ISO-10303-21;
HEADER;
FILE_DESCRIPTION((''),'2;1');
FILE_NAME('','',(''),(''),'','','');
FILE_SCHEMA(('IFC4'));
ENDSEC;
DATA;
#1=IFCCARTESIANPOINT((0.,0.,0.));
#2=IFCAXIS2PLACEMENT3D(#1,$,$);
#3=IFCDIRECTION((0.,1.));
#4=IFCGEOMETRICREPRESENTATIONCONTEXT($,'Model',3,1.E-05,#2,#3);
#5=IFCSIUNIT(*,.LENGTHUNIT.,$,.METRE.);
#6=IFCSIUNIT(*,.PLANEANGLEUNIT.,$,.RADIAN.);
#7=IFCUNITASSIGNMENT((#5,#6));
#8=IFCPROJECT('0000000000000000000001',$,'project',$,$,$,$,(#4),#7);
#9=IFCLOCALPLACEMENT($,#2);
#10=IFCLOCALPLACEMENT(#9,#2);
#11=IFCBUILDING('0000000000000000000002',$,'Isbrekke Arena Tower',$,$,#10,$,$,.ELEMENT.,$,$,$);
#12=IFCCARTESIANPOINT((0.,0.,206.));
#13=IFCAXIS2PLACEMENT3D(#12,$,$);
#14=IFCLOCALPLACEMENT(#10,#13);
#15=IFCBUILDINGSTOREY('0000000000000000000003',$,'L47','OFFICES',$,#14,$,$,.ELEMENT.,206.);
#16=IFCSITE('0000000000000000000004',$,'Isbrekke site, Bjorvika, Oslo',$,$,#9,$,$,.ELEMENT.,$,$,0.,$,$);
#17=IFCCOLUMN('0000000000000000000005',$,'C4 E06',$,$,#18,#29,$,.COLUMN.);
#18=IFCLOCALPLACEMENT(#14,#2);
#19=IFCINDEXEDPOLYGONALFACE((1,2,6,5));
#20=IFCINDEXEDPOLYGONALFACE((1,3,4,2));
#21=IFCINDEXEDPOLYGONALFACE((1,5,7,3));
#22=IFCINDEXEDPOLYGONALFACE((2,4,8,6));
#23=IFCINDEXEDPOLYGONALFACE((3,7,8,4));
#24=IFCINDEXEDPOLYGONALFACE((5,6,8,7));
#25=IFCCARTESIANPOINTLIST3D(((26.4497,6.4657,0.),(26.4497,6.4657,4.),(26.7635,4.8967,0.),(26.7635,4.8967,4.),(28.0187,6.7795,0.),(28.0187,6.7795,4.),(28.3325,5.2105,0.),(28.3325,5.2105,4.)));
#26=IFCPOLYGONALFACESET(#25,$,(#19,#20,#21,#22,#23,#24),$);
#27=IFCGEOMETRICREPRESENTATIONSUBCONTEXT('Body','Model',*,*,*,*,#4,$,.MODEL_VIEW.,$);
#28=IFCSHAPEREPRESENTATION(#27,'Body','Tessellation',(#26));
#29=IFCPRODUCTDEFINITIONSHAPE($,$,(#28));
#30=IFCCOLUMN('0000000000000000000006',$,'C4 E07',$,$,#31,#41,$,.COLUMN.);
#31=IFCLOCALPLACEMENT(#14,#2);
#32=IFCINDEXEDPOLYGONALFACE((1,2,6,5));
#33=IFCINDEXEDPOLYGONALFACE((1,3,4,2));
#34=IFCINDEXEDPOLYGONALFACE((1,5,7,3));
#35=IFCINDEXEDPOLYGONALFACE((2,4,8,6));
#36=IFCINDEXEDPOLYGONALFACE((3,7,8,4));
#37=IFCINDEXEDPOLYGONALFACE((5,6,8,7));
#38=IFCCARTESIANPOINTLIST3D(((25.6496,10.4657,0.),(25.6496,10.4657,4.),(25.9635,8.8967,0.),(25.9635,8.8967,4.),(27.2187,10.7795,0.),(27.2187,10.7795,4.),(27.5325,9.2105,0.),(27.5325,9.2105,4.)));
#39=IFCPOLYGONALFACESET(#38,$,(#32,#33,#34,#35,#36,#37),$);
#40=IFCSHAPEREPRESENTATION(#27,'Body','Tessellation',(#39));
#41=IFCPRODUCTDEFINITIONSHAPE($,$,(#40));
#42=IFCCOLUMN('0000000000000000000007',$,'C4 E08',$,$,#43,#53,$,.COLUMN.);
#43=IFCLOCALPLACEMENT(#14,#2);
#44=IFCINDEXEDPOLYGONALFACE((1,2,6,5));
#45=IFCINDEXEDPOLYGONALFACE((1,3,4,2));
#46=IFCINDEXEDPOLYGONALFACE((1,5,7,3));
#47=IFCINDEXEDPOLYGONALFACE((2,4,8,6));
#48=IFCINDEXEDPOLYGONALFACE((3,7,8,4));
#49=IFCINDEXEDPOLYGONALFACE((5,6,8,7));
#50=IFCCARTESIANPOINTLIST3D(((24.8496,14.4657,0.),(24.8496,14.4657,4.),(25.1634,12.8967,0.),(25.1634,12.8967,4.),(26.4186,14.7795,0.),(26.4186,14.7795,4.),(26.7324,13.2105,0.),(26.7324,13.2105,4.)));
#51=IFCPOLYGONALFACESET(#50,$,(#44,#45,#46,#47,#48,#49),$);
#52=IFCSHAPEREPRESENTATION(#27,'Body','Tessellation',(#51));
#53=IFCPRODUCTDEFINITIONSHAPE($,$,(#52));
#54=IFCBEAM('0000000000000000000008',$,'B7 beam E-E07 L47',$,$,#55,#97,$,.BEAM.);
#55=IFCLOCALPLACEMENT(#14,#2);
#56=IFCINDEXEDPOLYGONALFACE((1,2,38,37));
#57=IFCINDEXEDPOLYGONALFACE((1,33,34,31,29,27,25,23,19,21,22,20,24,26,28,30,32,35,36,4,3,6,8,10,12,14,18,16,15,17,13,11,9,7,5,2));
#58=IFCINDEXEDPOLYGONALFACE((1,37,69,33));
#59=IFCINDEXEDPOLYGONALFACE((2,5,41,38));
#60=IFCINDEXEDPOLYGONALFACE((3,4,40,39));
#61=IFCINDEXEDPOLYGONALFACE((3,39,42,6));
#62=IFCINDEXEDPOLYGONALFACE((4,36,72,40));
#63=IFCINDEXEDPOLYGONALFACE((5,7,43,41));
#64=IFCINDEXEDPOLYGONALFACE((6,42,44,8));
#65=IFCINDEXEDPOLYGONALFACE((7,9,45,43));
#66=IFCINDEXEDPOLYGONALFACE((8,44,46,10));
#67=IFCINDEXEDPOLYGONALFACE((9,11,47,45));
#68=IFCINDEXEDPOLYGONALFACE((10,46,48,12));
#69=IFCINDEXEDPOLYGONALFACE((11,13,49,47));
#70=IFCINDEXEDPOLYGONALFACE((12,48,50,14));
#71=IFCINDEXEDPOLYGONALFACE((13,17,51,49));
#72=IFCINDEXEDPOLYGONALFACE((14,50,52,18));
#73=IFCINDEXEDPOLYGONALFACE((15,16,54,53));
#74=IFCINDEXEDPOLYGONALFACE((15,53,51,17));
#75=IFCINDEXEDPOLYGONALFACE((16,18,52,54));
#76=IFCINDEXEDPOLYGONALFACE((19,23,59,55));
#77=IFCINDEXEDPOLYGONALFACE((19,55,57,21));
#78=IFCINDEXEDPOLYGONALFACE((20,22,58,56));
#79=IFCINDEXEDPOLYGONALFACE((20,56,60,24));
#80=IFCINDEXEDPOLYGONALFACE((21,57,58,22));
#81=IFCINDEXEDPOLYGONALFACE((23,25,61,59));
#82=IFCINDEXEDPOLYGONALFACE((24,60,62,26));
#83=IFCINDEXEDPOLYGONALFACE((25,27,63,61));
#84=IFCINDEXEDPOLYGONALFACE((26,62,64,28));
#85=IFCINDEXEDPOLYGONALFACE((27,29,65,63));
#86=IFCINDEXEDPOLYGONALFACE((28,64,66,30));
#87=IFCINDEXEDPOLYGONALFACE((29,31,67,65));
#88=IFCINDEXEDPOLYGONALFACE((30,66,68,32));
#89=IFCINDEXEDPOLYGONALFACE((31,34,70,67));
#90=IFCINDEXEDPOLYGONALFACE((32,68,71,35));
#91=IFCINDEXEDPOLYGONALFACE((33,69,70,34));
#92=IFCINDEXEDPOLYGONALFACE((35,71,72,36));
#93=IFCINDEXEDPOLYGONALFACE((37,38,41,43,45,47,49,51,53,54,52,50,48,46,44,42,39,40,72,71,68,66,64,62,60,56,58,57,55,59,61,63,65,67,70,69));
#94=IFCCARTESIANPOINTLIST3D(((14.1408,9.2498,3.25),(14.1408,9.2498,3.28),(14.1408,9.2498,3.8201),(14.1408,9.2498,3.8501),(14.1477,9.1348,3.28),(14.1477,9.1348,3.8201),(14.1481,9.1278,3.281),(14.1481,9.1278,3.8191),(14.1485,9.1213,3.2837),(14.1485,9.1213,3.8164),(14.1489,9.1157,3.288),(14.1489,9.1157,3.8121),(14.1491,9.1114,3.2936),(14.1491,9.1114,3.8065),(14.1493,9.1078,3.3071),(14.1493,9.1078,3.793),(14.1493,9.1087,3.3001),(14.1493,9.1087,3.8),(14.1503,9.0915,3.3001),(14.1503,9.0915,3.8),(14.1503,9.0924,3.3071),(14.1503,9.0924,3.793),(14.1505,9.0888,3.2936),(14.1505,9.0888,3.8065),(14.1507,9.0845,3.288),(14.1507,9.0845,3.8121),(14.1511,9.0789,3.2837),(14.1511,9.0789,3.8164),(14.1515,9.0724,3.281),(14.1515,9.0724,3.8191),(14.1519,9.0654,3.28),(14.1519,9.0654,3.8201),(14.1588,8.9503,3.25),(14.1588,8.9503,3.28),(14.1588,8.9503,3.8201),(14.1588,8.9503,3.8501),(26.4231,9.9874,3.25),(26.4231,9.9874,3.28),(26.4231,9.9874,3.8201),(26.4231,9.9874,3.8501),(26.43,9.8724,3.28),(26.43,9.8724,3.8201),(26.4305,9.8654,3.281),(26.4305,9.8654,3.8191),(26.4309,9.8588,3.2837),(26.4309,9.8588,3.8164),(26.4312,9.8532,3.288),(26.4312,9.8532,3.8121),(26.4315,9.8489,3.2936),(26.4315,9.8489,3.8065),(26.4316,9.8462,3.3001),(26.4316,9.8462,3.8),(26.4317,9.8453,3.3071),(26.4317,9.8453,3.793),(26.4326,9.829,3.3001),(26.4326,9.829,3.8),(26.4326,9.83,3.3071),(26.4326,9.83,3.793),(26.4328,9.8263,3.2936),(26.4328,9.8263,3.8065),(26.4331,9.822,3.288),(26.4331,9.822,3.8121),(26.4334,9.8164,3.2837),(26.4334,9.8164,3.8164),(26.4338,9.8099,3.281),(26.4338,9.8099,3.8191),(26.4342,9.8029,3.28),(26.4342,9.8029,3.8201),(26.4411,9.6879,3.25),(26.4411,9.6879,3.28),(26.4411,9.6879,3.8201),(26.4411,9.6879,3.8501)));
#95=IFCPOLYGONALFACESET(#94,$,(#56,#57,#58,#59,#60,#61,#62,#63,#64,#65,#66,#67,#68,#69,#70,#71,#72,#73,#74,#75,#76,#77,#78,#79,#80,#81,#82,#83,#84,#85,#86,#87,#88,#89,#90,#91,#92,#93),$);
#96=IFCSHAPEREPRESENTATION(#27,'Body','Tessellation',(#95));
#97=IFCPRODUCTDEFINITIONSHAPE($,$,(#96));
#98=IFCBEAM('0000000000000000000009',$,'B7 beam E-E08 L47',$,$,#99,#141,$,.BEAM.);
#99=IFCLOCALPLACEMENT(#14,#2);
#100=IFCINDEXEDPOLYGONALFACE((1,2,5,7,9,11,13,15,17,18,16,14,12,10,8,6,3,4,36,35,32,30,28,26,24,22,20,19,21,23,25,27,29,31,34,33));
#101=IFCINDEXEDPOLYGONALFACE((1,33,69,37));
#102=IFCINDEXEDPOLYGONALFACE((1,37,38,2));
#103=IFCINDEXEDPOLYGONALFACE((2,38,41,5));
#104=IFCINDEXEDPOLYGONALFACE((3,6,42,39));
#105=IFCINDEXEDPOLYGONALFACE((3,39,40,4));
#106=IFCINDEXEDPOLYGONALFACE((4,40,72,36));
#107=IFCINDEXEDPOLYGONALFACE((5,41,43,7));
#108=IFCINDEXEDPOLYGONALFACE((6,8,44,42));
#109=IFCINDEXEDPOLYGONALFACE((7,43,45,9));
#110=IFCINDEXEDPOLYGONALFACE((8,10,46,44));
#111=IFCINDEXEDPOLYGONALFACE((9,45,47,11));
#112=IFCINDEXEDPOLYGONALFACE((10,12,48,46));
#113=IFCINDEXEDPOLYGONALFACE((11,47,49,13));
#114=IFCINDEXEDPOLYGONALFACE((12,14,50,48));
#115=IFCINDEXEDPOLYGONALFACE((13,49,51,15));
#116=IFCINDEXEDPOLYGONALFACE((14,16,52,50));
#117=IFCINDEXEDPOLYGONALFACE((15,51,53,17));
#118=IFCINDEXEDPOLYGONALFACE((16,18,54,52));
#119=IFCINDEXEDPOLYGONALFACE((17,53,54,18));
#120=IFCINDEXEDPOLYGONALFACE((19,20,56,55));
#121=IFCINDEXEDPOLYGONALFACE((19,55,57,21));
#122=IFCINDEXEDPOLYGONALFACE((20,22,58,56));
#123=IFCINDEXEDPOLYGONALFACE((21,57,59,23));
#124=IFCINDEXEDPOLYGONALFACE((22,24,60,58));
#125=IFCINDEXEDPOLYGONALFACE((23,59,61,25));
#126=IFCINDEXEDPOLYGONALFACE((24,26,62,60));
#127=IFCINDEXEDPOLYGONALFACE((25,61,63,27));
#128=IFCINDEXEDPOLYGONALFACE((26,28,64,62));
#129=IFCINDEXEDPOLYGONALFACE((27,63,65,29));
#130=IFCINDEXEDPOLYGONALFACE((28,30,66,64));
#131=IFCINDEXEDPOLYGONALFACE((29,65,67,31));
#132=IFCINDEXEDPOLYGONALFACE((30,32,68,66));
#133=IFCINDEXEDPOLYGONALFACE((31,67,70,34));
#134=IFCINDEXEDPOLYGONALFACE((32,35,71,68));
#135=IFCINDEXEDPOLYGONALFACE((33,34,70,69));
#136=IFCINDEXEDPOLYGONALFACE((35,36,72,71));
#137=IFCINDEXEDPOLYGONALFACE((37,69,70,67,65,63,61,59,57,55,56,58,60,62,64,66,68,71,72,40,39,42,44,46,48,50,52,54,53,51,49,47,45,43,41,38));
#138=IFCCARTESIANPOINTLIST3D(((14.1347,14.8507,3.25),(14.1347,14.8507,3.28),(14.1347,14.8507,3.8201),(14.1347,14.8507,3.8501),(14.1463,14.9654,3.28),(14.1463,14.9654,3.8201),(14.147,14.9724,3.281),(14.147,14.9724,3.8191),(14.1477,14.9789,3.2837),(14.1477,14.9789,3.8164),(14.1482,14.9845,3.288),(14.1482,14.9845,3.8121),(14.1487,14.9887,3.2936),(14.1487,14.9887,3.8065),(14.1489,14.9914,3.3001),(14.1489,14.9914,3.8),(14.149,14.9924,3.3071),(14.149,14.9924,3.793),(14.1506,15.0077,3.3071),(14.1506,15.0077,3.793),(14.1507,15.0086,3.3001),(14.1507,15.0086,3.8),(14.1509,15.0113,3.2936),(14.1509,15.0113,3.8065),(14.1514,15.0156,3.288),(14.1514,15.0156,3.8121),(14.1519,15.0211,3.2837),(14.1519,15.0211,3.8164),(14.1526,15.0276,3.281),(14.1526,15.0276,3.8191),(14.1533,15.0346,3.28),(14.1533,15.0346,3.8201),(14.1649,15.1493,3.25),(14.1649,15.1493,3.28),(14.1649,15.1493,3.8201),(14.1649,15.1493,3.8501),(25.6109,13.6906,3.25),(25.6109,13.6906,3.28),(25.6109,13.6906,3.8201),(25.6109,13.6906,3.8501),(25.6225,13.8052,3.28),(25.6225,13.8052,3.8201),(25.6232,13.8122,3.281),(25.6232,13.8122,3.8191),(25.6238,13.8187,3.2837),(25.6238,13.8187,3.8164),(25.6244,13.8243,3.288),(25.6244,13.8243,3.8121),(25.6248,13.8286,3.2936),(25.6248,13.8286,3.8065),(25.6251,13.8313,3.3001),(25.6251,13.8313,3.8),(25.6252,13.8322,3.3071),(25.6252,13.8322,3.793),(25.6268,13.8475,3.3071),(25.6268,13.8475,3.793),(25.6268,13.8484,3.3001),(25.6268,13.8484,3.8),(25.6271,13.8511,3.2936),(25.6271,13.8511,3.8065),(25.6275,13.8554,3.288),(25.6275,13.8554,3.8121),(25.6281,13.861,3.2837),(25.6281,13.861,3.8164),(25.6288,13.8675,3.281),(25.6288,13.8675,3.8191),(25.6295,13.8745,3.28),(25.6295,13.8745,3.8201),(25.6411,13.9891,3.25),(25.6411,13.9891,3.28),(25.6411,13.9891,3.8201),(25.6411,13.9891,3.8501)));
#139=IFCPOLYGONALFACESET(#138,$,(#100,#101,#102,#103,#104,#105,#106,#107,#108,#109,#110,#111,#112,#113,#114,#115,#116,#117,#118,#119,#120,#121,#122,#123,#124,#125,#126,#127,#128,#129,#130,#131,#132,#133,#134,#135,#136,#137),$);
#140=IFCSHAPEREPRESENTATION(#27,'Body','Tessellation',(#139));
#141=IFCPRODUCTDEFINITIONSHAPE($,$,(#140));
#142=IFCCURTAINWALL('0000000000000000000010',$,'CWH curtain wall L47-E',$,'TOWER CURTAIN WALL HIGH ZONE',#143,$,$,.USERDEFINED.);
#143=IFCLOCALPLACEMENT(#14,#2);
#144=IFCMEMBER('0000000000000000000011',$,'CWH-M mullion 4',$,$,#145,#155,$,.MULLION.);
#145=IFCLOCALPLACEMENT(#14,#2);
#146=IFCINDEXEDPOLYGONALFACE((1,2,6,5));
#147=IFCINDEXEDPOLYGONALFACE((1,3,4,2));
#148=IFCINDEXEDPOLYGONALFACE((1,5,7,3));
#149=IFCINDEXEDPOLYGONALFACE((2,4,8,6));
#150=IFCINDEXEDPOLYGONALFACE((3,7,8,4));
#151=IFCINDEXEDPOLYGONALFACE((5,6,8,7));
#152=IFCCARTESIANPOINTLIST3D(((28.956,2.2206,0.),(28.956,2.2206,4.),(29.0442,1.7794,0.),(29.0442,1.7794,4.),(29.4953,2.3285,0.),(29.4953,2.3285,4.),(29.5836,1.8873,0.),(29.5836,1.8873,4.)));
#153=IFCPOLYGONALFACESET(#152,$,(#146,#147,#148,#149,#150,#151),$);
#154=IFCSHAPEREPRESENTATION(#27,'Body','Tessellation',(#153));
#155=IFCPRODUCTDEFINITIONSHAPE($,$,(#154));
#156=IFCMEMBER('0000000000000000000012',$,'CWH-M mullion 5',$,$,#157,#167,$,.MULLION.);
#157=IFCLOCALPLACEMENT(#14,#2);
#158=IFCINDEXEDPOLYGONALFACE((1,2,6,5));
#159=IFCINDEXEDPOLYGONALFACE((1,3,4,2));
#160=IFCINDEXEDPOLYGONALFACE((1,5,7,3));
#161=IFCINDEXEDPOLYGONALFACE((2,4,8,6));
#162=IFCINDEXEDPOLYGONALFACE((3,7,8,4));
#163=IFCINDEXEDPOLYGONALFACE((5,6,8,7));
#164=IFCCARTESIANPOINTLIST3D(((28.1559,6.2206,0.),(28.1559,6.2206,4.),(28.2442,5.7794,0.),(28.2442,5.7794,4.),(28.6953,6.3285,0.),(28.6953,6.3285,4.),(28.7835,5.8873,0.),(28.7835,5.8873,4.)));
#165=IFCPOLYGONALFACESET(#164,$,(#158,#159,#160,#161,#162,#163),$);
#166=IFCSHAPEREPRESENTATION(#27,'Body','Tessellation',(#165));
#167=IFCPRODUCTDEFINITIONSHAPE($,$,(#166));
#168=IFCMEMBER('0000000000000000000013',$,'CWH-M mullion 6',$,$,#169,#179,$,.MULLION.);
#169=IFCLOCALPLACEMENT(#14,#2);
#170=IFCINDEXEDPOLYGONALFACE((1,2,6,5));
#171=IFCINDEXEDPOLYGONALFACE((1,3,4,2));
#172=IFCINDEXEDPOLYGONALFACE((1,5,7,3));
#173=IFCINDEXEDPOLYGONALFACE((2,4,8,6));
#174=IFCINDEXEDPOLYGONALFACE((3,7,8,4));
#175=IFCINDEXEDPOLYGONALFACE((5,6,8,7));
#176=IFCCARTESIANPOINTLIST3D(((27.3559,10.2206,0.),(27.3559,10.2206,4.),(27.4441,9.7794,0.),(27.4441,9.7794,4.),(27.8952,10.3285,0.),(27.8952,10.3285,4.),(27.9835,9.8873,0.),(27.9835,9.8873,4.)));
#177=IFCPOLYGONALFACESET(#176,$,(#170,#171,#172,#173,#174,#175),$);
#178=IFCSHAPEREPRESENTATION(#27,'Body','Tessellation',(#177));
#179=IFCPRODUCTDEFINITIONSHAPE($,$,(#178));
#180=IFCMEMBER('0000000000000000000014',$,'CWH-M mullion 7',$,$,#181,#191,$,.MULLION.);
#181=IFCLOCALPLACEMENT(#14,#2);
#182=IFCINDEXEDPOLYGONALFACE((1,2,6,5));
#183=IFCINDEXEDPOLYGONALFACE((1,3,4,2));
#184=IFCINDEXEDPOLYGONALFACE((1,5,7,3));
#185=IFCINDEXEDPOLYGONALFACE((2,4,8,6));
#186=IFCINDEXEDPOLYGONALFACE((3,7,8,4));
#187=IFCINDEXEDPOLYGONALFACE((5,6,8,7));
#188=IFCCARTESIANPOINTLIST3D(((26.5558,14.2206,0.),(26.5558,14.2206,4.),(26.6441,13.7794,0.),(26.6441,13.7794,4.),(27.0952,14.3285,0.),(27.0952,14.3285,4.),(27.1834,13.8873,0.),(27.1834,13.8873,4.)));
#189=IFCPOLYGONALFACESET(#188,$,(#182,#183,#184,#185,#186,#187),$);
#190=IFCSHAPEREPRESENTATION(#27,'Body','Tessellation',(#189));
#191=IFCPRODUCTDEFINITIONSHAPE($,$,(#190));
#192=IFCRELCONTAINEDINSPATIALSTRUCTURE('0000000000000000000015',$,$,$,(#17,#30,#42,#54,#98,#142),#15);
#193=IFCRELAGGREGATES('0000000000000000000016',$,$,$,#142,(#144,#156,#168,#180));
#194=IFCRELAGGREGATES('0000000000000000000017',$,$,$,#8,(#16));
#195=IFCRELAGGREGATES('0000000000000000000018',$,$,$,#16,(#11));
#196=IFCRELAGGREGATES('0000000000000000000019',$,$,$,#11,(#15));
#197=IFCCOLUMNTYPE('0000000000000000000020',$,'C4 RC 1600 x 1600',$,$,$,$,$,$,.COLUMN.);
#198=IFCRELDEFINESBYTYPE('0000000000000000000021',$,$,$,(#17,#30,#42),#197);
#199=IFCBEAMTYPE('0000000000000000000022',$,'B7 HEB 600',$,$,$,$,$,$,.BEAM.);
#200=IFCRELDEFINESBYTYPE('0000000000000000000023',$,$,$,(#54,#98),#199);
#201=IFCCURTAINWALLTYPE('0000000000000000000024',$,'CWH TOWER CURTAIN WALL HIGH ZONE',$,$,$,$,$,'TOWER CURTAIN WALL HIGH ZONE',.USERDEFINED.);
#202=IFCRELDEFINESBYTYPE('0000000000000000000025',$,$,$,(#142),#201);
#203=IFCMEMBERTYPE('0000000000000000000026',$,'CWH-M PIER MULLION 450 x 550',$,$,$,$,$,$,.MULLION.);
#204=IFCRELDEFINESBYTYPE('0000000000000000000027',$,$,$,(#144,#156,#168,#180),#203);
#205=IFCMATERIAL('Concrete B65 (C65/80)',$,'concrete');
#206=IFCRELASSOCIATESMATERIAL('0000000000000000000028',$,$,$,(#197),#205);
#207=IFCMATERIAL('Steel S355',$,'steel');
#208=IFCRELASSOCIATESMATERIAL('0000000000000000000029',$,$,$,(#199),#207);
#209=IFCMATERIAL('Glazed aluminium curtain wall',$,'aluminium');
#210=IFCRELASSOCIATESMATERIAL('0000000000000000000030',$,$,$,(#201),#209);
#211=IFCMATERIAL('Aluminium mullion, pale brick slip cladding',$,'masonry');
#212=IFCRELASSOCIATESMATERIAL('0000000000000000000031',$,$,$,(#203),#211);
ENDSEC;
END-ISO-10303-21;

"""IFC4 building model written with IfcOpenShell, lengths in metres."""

from ifc_helpers import new_model, si_unit, direction, frame, origin, origin_2d, place, context, subcontext, project, spatial, rectangle, i_section, extrude, material, material_profile, profile_set, type_object, element, aggregate, save


model = new_model("IFC4")

# Units and contexts
model_context = context("Model", 3, precision=1e-05, world=origin(), true_north=direction((0.0, 1.0)))
body_context = subcontext(model_context, "Body", "Model", "MODEL_VIEW")
ifc_project = project(units=[si_unit("LENGTHUNIT", "METRE"), si_unit("PLANEANGLEUNIT", "RADIAN")], contexts=[model_context])

# Site, building, storey
site_placement = place(None, origin())
site = spatial("IfcSite", under=ifc_project, at=site_placement, Name="Isbrekke site, Bjorvika, Oslo", CompositionType="ELEMENT", RefElevation=0.0)
building_placement = place(site_placement, origin())
building = spatial("IfcBuilding", under=site, at=building_placement, Name="Isbrekke Arena Tower", CompositionType="ELEMENT")
storey_placement = place(building_placement, frame((0.0, 0.0, 206.0)))
storey = spatial("IfcBuildingStorey", under=building, at=storey_placement, Name="L47", Description="OFFICES", CompositionType="ELEMENT", Elevation=206.0)

# Columns
ifc_material_1 = material(Name="Concrete B65 (C65/80)", Category="concrete")
ifc_material_profile_1 = material_profile(ifc_material_1, rectangle(XDim=1.6001, YDim=1.6001, at=origin_2d()), Name="RC 1600x1600")
ifc_profile_set_1 = profile_set([ifc_material_profile_1], Name="Concrete B65 (C65/80)")
column_type = type_object("IfcColumnType", Name="C4 RC 1600 x 1600", PredefinedType="COLUMN", material=ifc_profile_set_1)
for number, where, z_axis, x_axis, name in (
    (1, (27.3911, 5.8381, 0.0), (0.0, 0.0, 1.0), (-0.196116, 0.980581, 0.0), "C4 E06"),
    (2, (26.5911, 9.8381, 0.0), (0.0, 0.0, 1.0), (-0.196116, 0.980581, 0.0), "C4 E07"),
    (3, (25.791, 13.8381, 0.0), (0.0, 0.0, 1.0), (-0.196116, 0.980581, 0.0), "C4 E08"),
):
    element("IfcColumn", number, at=place(storey_placement, frame(where, z_axis=z_axis, x_axis=x_axis)), inside=storey, type_object=column_type, Name=name, PredefinedType="COLUMN", context=body_context, shape_type="SweptSolid", body=[
        extrude(rectangle(XDim=1.6001, YDim=1.6001, at=origin_2d()), origin(), (0.0, 0.0, 1.0), 4.0),
    ])

# Beams
ifc_material_2 = material(Name="Steel S355", Category="steel")
ifc_material_profile_2 = material_profile(ifc_material_2, i_section(OverallWidth=0.3, OverallDepth=0.6001, WebThickness=0.0154, FlangeThickness=0.03, FilletRadius=0.0271, at=origin_2d()), Name="HEB 600")
ifc_profile_set_2 = profile_set([ifc_material_profile_2], Name="Steel S355")
beam_type_1 = type_object("IfcBeamType", Name="B7 HEB 600", PredefinedType="BEAM", material=ifc_profile_set_2)
beam_1_placement = place(storey_placement, frame((26.4321, 9.8376, 3.55), z_axis=(-0.998202, -0.059942, 0.0), x_axis=(0.059942, -0.998202, 0.0)))
element("IfcBeam", 4, at=beam_1_placement, inside=storey, type_object=beam_type_1, Name="B7 beam E-E07 L47", PredefinedType="BEAM", context=body_context, shape_type="SweptSolid", body=[
    extrude(i_section(OverallWidth=0.3, OverallDepth=0.6001, WebThickness=0.0154, FlangeThickness=0.03, FilletRadius=0.0271, at=origin_2d()), origin(), (0.0, 0.0, 1.0), 12.3044),
])
beam_2_placement = place(storey_placement, frame((25.626, 13.8398, 3.55), z_axis=(-0.994929, 0.100581, 0.0), x_axis=(-0.100581, -0.994929, 0.0)))
element("IfcBeam", 5, at=beam_2_placement, inside=storey, type_object=beam_type_1, Name="B7 beam E-E08 L47", PredefinedType="BEAM", context=body_context, shape_type="SweptSolid", body=[
    extrude(i_section(OverallWidth=0.3, OverallDepth=0.6001, WebThickness=0.0154, FlangeThickness=0.03, FilletRadius=0.0271, at=origin_2d()), origin(), (0.0, 0.0, 1.0), 11.5347),
])

# Curtain wall, members
ifc_material_3 = material(Name="Glazed aluminium curtain wall", Category="aluminium")
curtain_wall_type = type_object("IfcCurtainWallType", Name="CWH TOWER CURTAIN WALL HIGH ZONE", ElementType="TOWER CURTAIN WALL HIGH ZONE", PredefinedType="USERDEFINED", material=ifc_material_3)
curtain_wall_placement = place(storey_placement, origin())
curtain_wall = element("IfcCurtainWall", 6, at=curtain_wall_placement, inside=storey, type_object=curtain_wall_type, Name="CWH curtain wall L47-E", ObjectType="TOWER CURTAIN WALL HIGH ZONE", PredefinedType="USERDEFINED")
ifc_material_4 = material(Name="Aluminium mullion, pale brick slip cladding", Category="masonry")
ifc_material_profile_3 = material_profile(ifc_material_4, rectangle(XDim=0.45, YDim=0.55, at=origin_2d()), Name="PIER 450X550")
ifc_profile_set_3 = profile_set([ifc_material_profile_3], Name="Aluminium mullion, pale brick slip cladding")
member_type_1 = type_object("IfcMemberType", Name="CWH-M PIER MULLION 450 x 550", PredefinedType="MULLION", material=ifc_profile_set_3)
member_1_placement = place(storey_placement, frame((29.2698, 2.054, 0.0), z_axis=(0.0, 0.0, 1.0), x_axis=(-0.196116, 0.980581, 0.0)))
member_1 = element("IfcMember", 7, at=member_1_placement, type_object=member_type_1, Name="CWH-M mullion 4", PredefinedType="MULLION", context=body_context, shape_type="SweptSolid", body=[
    extrude(rectangle(XDim=0.45, YDim=0.55, at=origin_2d()), origin(), (0.0, 0.0, 1.0), 4.0),
])
member_2_placement = place(storey_placement, frame((28.4697, 6.054, 0.0), z_axis=(0.0, 0.0, 1.0), x_axis=(-0.196116, 0.980581, 0.0)))
member_2 = element("IfcMember", 8, at=member_2_placement, type_object=member_type_1, Name="CWH-M mullion 5", PredefinedType="MULLION", context=body_context, shape_type="SweptSolid", body=[
    extrude(rectangle(XDim=0.45, YDim=0.55, at=origin_2d()), origin(), (0.0, 0.0, 1.0), 4.0),
])
member_3_placement = place(storey_placement, frame((27.6697, 10.054, 0.0), z_axis=(0.0, 0.0, 1.0), x_axis=(-0.196116, 0.980581, 0.0)))
member_3 = element("IfcMember", 9, at=member_3_placement, type_object=member_type_1, Name="CWH-M mullion 6", PredefinedType="MULLION", context=body_context, shape_type="SweptSolid", body=[
    extrude(rectangle(XDim=0.45, YDim=0.55, at=origin_2d()), origin(), (0.0, 0.0, 1.0), 4.0),
])
member_4_placement = place(storey_placement, frame((26.8696, 14.054, 0.0), z_axis=(0.0, 0.0, 1.0), x_axis=(-0.196116, 0.980581, 0.0)))
member_4 = element("IfcMember", 10, at=member_4_placement, type_object=member_type_1, Name="CWH-M mullion 7", PredefinedType="MULLION", context=body_context, shape_type="SweptSolid", body=[
    extrude(rectangle(XDim=0.45, YDim=0.55, at=origin_2d()), origin(), (0.0, 0.0, 1.0), 4.0),
])

aggregate(curtain_wall, [member_1, member_2, member_3, member_4])

save(model, "model.ifc")
